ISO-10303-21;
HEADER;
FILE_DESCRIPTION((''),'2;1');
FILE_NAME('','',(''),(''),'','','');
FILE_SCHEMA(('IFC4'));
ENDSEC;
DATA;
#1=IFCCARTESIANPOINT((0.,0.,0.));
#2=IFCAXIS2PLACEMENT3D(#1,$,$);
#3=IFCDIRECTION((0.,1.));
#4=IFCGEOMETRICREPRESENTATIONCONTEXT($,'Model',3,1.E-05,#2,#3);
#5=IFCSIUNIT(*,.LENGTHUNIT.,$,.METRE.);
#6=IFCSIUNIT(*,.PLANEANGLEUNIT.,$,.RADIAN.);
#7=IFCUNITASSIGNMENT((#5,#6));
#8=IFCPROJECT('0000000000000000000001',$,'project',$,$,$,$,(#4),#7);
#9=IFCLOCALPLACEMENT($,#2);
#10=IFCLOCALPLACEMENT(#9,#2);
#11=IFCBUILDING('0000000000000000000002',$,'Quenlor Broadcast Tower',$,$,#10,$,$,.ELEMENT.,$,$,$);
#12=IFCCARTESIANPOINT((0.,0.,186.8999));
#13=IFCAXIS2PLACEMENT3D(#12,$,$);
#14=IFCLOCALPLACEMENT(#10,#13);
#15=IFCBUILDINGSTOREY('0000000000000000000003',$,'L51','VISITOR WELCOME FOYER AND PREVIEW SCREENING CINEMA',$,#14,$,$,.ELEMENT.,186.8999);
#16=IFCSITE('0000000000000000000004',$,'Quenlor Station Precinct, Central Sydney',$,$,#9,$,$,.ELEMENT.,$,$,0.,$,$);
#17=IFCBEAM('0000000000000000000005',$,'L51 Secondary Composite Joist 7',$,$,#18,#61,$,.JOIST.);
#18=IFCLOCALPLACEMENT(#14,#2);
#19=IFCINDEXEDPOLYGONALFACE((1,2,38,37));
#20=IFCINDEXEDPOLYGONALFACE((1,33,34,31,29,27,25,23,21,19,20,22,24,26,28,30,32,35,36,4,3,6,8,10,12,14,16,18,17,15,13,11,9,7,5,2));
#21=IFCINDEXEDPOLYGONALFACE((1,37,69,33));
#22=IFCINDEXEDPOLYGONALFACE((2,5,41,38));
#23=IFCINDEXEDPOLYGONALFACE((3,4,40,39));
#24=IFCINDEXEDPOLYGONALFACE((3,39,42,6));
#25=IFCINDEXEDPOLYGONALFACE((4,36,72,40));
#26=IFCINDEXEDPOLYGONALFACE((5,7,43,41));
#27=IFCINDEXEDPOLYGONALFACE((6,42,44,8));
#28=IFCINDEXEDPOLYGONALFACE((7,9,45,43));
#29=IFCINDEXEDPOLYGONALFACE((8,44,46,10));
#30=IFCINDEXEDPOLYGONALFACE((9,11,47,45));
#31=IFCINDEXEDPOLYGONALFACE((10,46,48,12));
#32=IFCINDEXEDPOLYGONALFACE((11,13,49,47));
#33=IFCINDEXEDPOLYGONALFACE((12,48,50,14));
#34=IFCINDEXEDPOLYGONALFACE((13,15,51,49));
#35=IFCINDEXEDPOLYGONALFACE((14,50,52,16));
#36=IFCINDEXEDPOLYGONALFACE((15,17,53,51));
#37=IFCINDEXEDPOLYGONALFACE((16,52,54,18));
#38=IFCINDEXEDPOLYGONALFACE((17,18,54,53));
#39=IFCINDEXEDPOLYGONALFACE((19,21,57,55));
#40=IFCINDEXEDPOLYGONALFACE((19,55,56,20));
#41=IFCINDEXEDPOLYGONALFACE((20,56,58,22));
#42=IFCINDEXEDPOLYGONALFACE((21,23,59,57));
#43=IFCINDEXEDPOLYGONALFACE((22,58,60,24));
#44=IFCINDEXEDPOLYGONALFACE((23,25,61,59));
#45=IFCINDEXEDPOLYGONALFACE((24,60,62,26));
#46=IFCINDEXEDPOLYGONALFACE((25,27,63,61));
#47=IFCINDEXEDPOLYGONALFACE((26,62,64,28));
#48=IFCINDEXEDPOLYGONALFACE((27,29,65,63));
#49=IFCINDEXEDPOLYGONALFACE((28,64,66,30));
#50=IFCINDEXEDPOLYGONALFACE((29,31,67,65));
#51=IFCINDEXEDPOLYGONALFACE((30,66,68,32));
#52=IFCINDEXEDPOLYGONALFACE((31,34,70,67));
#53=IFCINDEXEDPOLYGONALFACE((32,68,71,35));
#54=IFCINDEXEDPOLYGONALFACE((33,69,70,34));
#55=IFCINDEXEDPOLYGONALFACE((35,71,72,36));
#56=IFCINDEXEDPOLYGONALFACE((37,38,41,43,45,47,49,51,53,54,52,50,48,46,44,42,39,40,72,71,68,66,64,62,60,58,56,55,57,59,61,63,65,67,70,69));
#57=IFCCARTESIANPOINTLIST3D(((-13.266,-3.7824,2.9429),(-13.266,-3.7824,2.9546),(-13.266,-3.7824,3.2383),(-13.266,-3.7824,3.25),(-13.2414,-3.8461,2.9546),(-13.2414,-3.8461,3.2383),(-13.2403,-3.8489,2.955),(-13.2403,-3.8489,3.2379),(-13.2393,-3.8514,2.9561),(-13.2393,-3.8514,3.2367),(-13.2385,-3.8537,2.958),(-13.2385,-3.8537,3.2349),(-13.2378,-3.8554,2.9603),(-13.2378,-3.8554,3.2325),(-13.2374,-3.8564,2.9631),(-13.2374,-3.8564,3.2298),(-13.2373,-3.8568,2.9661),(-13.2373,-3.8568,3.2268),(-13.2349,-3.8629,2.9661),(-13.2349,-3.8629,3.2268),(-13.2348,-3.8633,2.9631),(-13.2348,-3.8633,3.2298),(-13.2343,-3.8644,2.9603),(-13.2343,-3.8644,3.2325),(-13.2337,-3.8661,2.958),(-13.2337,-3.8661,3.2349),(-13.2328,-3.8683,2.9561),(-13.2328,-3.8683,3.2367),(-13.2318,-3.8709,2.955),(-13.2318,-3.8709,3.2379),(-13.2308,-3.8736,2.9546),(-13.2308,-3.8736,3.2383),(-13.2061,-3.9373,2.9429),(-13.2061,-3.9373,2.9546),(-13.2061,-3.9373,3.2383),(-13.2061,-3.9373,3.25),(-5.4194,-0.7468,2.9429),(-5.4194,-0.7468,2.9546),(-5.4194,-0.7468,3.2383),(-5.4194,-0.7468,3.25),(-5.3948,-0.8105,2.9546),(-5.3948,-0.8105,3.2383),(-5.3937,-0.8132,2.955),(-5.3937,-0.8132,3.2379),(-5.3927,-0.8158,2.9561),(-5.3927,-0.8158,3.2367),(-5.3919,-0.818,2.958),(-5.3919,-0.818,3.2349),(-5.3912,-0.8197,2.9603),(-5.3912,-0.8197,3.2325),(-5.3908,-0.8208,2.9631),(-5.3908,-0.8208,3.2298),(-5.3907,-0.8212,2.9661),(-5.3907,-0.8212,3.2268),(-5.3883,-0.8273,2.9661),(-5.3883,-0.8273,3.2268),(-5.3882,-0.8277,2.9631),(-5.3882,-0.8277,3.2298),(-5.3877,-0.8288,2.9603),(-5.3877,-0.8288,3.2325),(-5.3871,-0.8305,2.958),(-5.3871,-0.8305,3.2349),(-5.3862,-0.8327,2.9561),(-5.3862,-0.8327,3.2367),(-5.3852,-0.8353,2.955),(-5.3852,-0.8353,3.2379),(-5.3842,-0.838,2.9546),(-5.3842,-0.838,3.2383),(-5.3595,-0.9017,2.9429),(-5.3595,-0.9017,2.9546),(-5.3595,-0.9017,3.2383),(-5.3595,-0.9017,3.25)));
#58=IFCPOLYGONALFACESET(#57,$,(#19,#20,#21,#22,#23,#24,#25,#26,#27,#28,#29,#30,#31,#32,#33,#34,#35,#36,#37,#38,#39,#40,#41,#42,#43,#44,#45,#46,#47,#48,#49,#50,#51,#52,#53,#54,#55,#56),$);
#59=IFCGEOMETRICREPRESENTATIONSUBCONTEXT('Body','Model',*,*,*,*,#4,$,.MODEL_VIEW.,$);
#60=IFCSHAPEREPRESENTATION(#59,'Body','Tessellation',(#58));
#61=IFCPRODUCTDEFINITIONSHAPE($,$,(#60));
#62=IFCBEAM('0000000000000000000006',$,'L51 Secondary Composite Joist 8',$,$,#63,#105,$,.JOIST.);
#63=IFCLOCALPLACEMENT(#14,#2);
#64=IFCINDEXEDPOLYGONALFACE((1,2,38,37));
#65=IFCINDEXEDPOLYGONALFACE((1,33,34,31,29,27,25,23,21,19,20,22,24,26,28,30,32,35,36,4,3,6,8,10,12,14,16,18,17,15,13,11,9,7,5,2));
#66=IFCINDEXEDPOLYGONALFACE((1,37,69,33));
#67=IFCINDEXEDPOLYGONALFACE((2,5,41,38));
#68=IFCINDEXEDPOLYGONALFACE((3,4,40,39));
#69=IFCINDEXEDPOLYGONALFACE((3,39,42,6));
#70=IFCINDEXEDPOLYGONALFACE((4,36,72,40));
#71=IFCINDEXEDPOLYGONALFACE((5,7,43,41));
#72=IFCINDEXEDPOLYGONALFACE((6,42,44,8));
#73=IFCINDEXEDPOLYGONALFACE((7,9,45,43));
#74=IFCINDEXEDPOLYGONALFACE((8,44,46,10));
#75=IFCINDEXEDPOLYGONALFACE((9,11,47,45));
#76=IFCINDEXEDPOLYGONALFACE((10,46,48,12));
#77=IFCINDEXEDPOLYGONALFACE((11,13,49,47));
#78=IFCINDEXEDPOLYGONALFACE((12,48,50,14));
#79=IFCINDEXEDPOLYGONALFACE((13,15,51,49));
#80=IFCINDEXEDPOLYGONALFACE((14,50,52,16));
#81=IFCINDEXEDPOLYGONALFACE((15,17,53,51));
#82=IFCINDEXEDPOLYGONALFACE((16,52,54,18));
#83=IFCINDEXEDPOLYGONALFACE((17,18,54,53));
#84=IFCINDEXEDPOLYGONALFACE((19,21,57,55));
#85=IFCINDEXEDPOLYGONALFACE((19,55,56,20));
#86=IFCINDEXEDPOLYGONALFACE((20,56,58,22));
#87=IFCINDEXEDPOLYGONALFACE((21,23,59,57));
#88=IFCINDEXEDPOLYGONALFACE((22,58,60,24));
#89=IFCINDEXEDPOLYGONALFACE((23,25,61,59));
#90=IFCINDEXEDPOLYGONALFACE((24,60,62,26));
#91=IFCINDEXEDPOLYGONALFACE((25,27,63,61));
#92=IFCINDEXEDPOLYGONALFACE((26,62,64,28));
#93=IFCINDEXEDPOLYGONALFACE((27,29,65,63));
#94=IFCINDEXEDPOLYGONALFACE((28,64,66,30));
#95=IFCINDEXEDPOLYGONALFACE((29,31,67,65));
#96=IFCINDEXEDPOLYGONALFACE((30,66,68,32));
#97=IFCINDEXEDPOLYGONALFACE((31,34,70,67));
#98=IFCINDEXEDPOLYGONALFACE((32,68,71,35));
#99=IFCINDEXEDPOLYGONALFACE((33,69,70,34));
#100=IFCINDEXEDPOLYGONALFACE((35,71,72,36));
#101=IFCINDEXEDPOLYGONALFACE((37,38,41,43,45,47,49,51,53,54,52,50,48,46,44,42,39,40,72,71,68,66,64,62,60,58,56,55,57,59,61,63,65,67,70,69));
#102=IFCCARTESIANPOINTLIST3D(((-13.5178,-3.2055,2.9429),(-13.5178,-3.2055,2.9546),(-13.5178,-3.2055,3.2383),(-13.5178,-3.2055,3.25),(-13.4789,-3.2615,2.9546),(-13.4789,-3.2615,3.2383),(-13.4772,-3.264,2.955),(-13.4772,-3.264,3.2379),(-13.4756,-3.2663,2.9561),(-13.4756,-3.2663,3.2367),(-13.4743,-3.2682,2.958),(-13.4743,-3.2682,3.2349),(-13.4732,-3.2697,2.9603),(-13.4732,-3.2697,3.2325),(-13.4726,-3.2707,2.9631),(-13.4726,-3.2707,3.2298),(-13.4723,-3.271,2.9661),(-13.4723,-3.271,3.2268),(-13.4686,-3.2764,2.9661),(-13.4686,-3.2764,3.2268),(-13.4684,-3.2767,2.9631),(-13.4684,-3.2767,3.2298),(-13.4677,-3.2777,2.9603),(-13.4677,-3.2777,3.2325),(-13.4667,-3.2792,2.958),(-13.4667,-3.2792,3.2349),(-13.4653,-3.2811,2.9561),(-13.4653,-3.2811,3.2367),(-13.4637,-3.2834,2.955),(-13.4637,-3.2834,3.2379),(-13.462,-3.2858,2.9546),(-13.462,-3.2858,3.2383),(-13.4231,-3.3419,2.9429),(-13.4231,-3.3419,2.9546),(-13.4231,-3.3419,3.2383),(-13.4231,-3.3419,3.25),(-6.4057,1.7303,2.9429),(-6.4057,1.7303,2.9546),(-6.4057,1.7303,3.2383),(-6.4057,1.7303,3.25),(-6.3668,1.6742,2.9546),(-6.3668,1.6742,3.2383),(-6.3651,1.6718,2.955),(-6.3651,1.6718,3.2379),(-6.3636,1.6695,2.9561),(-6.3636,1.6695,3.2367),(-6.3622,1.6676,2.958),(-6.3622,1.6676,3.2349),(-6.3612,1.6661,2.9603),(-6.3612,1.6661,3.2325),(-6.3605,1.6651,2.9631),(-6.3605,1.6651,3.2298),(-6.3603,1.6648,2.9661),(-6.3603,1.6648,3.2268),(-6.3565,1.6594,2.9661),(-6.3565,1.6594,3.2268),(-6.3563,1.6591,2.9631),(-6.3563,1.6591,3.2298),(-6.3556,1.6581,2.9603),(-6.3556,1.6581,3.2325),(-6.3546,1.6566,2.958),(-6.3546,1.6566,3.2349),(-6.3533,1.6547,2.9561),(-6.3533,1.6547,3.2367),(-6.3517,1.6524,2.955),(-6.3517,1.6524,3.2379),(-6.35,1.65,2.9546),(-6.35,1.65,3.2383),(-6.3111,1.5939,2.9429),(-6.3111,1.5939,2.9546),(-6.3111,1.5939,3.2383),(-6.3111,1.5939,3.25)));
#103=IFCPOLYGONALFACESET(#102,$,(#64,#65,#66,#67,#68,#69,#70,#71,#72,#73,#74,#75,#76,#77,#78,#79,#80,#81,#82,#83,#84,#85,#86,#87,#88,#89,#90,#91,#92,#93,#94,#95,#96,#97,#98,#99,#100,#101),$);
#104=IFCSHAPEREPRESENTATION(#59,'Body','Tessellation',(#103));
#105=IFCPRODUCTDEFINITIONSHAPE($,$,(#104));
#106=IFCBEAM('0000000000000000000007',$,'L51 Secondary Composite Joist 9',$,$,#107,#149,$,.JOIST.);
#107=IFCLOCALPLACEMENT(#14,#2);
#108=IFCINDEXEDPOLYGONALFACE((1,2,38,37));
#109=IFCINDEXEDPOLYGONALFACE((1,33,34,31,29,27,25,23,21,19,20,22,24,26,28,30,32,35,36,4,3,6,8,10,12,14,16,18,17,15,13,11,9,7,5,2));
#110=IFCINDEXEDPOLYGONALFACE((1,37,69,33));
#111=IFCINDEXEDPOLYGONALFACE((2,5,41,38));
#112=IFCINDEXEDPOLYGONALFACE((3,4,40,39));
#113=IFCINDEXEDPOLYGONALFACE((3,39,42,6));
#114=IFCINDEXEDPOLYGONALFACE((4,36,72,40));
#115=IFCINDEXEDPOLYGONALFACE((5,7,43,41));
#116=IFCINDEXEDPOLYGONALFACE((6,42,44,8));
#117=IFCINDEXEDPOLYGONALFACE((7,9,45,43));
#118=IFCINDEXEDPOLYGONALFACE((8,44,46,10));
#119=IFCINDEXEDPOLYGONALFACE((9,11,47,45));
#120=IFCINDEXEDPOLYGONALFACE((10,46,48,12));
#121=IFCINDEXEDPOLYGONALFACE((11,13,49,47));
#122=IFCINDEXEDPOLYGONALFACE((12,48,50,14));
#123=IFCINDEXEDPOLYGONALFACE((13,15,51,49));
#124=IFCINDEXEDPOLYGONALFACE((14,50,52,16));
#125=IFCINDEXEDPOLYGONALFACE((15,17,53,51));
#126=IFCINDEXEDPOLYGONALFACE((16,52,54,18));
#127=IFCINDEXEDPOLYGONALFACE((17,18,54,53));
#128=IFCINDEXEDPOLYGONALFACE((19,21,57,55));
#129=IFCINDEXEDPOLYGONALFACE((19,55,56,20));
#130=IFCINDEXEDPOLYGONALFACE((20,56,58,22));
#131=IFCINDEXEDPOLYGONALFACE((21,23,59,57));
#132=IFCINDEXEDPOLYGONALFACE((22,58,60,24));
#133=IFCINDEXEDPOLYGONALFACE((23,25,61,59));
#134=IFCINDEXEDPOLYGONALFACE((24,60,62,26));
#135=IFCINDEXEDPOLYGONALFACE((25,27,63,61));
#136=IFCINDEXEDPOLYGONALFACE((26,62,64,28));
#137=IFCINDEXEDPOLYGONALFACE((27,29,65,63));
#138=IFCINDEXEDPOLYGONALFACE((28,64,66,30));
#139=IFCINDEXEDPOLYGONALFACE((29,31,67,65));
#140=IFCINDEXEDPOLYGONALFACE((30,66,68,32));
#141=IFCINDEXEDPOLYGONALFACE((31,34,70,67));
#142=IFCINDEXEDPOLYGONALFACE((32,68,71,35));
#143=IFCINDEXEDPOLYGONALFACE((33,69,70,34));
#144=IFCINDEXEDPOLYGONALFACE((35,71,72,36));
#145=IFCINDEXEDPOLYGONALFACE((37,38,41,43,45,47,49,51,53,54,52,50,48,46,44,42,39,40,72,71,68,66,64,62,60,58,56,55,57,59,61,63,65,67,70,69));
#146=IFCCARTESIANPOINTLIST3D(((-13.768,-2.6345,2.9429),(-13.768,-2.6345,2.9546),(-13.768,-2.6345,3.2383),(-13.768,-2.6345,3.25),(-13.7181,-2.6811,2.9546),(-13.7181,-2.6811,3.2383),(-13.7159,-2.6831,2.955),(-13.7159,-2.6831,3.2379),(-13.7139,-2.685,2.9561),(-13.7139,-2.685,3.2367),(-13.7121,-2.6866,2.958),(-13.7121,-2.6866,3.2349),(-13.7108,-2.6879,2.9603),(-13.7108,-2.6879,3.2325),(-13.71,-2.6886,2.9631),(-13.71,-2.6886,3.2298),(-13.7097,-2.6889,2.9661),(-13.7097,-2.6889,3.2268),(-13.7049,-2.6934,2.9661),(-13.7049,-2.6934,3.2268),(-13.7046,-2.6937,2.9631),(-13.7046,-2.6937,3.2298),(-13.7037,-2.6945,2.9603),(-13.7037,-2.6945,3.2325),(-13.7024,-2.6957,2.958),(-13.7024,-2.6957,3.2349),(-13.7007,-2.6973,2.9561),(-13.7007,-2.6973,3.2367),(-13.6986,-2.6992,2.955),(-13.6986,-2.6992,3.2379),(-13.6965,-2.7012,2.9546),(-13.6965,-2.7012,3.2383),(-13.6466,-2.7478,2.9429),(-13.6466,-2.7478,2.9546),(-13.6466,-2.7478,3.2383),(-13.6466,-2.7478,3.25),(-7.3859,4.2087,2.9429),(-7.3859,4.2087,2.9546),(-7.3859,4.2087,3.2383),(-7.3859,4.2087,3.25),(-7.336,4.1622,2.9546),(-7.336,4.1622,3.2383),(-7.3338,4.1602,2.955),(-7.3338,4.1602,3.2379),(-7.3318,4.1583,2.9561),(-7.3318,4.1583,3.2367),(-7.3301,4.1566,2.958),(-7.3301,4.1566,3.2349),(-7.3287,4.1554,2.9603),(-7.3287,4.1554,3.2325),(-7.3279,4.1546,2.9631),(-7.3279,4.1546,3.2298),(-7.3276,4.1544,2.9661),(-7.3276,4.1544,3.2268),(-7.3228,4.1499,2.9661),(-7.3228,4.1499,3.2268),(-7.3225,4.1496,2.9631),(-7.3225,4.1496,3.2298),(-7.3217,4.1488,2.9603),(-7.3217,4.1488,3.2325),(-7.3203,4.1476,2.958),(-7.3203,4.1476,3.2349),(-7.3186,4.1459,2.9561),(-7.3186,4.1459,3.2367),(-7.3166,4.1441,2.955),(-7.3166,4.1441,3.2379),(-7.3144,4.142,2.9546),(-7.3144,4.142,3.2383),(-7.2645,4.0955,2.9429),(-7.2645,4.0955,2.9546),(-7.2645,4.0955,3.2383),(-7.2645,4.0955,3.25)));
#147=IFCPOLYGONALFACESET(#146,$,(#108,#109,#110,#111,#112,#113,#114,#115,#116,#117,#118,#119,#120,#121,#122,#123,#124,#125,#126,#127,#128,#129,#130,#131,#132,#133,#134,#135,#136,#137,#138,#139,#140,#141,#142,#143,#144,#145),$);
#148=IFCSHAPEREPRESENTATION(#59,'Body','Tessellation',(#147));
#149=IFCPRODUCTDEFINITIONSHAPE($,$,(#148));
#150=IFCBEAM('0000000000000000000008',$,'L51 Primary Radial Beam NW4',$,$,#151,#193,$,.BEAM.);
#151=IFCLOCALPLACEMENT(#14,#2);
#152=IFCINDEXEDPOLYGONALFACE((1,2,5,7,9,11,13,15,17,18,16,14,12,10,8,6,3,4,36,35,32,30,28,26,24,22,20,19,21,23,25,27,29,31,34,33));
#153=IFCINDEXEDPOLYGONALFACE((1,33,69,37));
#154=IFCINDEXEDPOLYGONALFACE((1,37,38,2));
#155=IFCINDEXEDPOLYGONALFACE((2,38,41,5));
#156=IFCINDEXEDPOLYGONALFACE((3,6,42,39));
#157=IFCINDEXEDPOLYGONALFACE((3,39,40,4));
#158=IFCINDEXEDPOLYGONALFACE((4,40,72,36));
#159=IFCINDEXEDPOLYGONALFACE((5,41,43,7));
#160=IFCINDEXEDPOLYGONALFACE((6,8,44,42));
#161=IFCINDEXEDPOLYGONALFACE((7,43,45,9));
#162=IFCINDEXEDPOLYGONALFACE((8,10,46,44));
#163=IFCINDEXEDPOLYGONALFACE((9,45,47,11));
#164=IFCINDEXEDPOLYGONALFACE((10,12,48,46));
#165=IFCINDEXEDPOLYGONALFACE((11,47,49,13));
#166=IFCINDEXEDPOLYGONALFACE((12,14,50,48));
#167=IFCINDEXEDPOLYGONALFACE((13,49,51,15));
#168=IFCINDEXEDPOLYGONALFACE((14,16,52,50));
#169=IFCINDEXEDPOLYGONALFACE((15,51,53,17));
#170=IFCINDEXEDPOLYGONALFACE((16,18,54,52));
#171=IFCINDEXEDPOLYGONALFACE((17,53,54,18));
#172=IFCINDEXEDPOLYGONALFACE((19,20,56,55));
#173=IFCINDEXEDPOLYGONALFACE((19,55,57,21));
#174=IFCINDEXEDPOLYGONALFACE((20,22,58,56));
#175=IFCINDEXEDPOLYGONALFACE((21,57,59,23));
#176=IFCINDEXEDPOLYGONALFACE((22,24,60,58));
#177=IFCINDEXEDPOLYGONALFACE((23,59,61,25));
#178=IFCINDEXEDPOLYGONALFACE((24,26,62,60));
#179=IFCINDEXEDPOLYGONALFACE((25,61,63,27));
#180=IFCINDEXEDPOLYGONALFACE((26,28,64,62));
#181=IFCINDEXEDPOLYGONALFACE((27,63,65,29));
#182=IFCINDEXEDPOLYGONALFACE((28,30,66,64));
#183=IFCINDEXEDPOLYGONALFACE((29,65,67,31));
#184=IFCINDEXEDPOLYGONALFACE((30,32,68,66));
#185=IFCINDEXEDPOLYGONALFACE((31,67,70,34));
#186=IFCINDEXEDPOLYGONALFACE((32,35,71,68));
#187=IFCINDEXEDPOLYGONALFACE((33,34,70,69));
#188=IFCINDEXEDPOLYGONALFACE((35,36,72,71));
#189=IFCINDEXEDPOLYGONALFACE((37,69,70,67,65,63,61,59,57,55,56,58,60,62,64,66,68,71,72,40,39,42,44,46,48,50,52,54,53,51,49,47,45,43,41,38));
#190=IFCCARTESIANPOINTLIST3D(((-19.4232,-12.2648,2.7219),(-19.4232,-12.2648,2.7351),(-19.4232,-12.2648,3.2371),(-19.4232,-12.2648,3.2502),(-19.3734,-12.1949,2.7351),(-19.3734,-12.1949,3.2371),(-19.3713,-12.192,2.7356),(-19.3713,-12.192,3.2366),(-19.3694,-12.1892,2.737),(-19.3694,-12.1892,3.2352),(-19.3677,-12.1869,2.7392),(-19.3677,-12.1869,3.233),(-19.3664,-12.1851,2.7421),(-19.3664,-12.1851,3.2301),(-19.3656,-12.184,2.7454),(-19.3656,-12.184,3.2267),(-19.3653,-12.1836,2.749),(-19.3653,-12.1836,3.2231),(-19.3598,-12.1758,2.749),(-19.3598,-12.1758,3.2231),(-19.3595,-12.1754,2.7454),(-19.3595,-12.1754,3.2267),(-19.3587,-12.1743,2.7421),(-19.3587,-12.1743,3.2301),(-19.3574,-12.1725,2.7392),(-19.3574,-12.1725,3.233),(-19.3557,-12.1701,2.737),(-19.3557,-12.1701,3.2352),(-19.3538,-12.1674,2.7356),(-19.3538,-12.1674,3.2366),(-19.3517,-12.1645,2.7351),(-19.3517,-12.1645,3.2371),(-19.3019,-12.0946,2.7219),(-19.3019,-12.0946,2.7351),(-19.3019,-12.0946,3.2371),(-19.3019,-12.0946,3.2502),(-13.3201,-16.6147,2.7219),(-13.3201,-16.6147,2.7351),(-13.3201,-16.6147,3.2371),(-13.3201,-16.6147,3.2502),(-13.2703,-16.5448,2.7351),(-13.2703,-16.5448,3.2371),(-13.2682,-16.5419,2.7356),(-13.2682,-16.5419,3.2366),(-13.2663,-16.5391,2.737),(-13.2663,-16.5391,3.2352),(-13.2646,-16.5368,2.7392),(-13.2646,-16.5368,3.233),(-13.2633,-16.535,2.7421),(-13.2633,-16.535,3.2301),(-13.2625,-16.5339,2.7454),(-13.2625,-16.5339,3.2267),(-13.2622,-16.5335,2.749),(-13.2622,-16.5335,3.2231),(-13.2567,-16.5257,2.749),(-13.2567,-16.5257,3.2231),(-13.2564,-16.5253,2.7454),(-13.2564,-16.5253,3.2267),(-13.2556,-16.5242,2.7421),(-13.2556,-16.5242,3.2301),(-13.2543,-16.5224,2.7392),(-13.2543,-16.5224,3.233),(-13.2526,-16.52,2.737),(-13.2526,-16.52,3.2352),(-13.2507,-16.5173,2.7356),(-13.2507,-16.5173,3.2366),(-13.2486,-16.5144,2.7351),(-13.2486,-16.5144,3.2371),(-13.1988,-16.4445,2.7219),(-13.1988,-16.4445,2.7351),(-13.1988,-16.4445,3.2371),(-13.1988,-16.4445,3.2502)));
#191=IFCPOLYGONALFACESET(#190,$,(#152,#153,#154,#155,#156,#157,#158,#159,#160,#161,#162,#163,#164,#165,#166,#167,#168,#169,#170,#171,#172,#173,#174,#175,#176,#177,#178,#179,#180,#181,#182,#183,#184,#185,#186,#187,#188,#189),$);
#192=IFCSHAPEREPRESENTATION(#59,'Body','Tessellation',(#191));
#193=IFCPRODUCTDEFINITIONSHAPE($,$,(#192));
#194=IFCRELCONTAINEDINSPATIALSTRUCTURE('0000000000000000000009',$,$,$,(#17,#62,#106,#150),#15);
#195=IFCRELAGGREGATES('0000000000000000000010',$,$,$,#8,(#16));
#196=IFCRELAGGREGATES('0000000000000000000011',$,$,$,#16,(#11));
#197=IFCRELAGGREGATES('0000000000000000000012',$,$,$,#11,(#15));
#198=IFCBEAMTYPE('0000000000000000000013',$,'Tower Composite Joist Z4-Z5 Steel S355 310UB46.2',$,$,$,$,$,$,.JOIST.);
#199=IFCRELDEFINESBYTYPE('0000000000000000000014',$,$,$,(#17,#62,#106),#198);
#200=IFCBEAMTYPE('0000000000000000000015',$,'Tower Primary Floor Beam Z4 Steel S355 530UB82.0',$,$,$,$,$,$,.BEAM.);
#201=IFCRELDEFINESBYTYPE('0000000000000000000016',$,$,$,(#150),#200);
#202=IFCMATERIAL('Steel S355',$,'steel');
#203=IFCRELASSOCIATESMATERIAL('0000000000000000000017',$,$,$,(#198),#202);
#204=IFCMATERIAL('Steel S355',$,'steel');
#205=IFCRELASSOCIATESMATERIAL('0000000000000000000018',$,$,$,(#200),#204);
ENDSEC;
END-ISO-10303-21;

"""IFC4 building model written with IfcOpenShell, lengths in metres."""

from ifc_helpers import new_model, si_unit, direction, frame, origin, origin_2d, place, context, subcontext, project, spatial, i_section, extrude, material, material_profile, profile_set, type_object, element, save


model = new_model("IFC4")

# Units and contexts
model_context = context("Model", 3, precision=1e-05, world=origin(), true_north=direction((0.0, 1.0)))
body_context = subcontext(model_context, "Body", "Model", "MODEL_VIEW")
ifc_project = project(units=[si_unit("LENGTHUNIT", "METRE"), si_unit("PLANEANGLEUNIT", "RADIAN")], contexts=[model_context])

# Site, building, storey
site_placement = place(None, origin())
site = spatial("IfcSite", under=ifc_project, at=site_placement, Name="Quenlor Station Precinct, Central Sydney", CompositionType="ELEMENT", RefElevation=0.0)
building_placement = place(site_placement, origin())
building = spatial("IfcBuilding", under=site, at=building_placement, Name="Quenlor Broadcast Tower", CompositionType="ELEMENT")
storey_placement = place(building_placement, frame((0.0, 0.0, 186.8999)))
storey = spatial("IfcBuildingStorey", under=building, at=storey_placement, Name="L51", Description="VISITOR WELCOME FOYER AND PREVIEW SCREENING CINEMA", CompositionType="ELEMENT", Elevation=186.8999)

# Beams
ifc_material_1 = material(Name="Steel S355", Category="steel")
ifc_material_profile_1 = material_profile(ifc_material_1, i_section(OverallWidth=0.166, OverallDepth=0.3071, WebThickness=0.0066, FlangeThickness=0.0117, FilletRadius=0.0115, at=origin_2d()))
ifc_profile_set_1 = profile_set([ifc_material_profile_1], Name="Steel S355 310UB46.2")
beam_type_1 = type_object("IfcBeamType", Name="Tower Composite Joist Z4-Z5 Steel S355 310UB46.2", PredefinedType="JOIST", material=ifc_profile_set_1)
beam_1_placement = place(storey_placement, frame((-13.2361, -3.8599, 3.0964), z_axis=(0.932639, 0.36081, 0.0), x_axis=(-0.36081, 0.932639, 0.0)))
element("IfcBeam", 1, at=beam_1_placement, inside=storey, type_object=beam_type_1, Name="L51 Secondary Composite Joist 7", PredefinedType="JOIST", context=body_context, shape_type="SweptSolid", body=[
    extrude(i_section(OverallWidth=0.166, OverallDepth=0.3071, WebThickness=0.0066, FlangeThickness=0.0117, FilletRadius=0.0115, at=origin_2d()), origin(), (0.0, 0.0, 1.0), 8.4133),
])
beam_2_placement = place(storey_placement, frame((-13.4705, -3.2737, 3.0964), z_axis=(0.82154, 0.570151, 0.0), x_axis=(-0.570151, 0.82154, 0.0)))
element("IfcBeam", 2, at=beam_2_placement, inside=storey, type_object=beam_type_1, Name="L51 Secondary Composite Joist 8", PredefinedType="JOIST", context=body_context, shape_type="SweptSolid", body=[
    extrude(i_section(OverallWidth=0.166, OverallDepth=0.3071, WebThickness=0.0066, FlangeThickness=0.0117, FilletRadius=0.0115, at=origin_2d()), origin(), (0.0, 0.0, 1.0), 8.657),
])
beam_3_placement = place(storey_placement, frame((-13.7073, -2.6912, 3.0964), z_axis=(0.682035, 0.73132, 0.0), x_axis=(-0.73132, 0.682035, 0.0)))
element("IfcBeam", 3, at=beam_3_placement, inside=storey, type_object=beam_type_1, Name="L51 Secondary Composite Joist 9", PredefinedType="JOIST", context=body_context, shape_type="SweptSolid", body=[
    extrude(i_section(OverallWidth=0.166, OverallDepth=0.3071, WebThickness=0.0066, FlangeThickness=0.0117, FilletRadius=0.0115, at=origin_2d()), origin(), (0.0, 0.0, 1.0), 9.3574),
])
ifc_material_2 = material(Name="Steel S355", Category="steel")
ifc_material_profile_2 = material_profile(ifc_material_2, i_section(OverallWidth=0.209, OverallDepth=0.5283, WebThickness=0.0095, FlangeThickness=0.0132, FilletRadius=0.0139, at=origin_2d()))
ifc_profile_set_2 = profile_set([ifc_material_profile_2], Name="Steel S355 530UB82.0")
beam_type_2 = type_object("IfcBeamType", Name="Tower Primary Floor Beam Z4 Steel S355 530UB82.0", PredefinedType="BEAM", material=ifc_profile_set_2)
beam_4_placement = place(storey_placement, frame((-19.3625, -12.1797, 2.9861), z_axis=(0.81433, -0.580403, 0.0), x_axis=(0.580403, 0.81433, 0.0)))
element("IfcBeam", 4, at=beam_4_placement, inside=storey, type_object=beam_type_2, Name="L51 Primary Radial Beam NW4", PredefinedType="BEAM", context=body_context, shape_type="SweptSolid", body=[
    extrude(i_section(OverallWidth=0.209, OverallDepth=0.5283, WebThickness=0.0095, FlangeThickness=0.0132, FilletRadius=0.0139, at=origin_2d()), origin(), (0.0, 0.0, 1.0), 7.4946),
])

save(model, "model.ifc")
